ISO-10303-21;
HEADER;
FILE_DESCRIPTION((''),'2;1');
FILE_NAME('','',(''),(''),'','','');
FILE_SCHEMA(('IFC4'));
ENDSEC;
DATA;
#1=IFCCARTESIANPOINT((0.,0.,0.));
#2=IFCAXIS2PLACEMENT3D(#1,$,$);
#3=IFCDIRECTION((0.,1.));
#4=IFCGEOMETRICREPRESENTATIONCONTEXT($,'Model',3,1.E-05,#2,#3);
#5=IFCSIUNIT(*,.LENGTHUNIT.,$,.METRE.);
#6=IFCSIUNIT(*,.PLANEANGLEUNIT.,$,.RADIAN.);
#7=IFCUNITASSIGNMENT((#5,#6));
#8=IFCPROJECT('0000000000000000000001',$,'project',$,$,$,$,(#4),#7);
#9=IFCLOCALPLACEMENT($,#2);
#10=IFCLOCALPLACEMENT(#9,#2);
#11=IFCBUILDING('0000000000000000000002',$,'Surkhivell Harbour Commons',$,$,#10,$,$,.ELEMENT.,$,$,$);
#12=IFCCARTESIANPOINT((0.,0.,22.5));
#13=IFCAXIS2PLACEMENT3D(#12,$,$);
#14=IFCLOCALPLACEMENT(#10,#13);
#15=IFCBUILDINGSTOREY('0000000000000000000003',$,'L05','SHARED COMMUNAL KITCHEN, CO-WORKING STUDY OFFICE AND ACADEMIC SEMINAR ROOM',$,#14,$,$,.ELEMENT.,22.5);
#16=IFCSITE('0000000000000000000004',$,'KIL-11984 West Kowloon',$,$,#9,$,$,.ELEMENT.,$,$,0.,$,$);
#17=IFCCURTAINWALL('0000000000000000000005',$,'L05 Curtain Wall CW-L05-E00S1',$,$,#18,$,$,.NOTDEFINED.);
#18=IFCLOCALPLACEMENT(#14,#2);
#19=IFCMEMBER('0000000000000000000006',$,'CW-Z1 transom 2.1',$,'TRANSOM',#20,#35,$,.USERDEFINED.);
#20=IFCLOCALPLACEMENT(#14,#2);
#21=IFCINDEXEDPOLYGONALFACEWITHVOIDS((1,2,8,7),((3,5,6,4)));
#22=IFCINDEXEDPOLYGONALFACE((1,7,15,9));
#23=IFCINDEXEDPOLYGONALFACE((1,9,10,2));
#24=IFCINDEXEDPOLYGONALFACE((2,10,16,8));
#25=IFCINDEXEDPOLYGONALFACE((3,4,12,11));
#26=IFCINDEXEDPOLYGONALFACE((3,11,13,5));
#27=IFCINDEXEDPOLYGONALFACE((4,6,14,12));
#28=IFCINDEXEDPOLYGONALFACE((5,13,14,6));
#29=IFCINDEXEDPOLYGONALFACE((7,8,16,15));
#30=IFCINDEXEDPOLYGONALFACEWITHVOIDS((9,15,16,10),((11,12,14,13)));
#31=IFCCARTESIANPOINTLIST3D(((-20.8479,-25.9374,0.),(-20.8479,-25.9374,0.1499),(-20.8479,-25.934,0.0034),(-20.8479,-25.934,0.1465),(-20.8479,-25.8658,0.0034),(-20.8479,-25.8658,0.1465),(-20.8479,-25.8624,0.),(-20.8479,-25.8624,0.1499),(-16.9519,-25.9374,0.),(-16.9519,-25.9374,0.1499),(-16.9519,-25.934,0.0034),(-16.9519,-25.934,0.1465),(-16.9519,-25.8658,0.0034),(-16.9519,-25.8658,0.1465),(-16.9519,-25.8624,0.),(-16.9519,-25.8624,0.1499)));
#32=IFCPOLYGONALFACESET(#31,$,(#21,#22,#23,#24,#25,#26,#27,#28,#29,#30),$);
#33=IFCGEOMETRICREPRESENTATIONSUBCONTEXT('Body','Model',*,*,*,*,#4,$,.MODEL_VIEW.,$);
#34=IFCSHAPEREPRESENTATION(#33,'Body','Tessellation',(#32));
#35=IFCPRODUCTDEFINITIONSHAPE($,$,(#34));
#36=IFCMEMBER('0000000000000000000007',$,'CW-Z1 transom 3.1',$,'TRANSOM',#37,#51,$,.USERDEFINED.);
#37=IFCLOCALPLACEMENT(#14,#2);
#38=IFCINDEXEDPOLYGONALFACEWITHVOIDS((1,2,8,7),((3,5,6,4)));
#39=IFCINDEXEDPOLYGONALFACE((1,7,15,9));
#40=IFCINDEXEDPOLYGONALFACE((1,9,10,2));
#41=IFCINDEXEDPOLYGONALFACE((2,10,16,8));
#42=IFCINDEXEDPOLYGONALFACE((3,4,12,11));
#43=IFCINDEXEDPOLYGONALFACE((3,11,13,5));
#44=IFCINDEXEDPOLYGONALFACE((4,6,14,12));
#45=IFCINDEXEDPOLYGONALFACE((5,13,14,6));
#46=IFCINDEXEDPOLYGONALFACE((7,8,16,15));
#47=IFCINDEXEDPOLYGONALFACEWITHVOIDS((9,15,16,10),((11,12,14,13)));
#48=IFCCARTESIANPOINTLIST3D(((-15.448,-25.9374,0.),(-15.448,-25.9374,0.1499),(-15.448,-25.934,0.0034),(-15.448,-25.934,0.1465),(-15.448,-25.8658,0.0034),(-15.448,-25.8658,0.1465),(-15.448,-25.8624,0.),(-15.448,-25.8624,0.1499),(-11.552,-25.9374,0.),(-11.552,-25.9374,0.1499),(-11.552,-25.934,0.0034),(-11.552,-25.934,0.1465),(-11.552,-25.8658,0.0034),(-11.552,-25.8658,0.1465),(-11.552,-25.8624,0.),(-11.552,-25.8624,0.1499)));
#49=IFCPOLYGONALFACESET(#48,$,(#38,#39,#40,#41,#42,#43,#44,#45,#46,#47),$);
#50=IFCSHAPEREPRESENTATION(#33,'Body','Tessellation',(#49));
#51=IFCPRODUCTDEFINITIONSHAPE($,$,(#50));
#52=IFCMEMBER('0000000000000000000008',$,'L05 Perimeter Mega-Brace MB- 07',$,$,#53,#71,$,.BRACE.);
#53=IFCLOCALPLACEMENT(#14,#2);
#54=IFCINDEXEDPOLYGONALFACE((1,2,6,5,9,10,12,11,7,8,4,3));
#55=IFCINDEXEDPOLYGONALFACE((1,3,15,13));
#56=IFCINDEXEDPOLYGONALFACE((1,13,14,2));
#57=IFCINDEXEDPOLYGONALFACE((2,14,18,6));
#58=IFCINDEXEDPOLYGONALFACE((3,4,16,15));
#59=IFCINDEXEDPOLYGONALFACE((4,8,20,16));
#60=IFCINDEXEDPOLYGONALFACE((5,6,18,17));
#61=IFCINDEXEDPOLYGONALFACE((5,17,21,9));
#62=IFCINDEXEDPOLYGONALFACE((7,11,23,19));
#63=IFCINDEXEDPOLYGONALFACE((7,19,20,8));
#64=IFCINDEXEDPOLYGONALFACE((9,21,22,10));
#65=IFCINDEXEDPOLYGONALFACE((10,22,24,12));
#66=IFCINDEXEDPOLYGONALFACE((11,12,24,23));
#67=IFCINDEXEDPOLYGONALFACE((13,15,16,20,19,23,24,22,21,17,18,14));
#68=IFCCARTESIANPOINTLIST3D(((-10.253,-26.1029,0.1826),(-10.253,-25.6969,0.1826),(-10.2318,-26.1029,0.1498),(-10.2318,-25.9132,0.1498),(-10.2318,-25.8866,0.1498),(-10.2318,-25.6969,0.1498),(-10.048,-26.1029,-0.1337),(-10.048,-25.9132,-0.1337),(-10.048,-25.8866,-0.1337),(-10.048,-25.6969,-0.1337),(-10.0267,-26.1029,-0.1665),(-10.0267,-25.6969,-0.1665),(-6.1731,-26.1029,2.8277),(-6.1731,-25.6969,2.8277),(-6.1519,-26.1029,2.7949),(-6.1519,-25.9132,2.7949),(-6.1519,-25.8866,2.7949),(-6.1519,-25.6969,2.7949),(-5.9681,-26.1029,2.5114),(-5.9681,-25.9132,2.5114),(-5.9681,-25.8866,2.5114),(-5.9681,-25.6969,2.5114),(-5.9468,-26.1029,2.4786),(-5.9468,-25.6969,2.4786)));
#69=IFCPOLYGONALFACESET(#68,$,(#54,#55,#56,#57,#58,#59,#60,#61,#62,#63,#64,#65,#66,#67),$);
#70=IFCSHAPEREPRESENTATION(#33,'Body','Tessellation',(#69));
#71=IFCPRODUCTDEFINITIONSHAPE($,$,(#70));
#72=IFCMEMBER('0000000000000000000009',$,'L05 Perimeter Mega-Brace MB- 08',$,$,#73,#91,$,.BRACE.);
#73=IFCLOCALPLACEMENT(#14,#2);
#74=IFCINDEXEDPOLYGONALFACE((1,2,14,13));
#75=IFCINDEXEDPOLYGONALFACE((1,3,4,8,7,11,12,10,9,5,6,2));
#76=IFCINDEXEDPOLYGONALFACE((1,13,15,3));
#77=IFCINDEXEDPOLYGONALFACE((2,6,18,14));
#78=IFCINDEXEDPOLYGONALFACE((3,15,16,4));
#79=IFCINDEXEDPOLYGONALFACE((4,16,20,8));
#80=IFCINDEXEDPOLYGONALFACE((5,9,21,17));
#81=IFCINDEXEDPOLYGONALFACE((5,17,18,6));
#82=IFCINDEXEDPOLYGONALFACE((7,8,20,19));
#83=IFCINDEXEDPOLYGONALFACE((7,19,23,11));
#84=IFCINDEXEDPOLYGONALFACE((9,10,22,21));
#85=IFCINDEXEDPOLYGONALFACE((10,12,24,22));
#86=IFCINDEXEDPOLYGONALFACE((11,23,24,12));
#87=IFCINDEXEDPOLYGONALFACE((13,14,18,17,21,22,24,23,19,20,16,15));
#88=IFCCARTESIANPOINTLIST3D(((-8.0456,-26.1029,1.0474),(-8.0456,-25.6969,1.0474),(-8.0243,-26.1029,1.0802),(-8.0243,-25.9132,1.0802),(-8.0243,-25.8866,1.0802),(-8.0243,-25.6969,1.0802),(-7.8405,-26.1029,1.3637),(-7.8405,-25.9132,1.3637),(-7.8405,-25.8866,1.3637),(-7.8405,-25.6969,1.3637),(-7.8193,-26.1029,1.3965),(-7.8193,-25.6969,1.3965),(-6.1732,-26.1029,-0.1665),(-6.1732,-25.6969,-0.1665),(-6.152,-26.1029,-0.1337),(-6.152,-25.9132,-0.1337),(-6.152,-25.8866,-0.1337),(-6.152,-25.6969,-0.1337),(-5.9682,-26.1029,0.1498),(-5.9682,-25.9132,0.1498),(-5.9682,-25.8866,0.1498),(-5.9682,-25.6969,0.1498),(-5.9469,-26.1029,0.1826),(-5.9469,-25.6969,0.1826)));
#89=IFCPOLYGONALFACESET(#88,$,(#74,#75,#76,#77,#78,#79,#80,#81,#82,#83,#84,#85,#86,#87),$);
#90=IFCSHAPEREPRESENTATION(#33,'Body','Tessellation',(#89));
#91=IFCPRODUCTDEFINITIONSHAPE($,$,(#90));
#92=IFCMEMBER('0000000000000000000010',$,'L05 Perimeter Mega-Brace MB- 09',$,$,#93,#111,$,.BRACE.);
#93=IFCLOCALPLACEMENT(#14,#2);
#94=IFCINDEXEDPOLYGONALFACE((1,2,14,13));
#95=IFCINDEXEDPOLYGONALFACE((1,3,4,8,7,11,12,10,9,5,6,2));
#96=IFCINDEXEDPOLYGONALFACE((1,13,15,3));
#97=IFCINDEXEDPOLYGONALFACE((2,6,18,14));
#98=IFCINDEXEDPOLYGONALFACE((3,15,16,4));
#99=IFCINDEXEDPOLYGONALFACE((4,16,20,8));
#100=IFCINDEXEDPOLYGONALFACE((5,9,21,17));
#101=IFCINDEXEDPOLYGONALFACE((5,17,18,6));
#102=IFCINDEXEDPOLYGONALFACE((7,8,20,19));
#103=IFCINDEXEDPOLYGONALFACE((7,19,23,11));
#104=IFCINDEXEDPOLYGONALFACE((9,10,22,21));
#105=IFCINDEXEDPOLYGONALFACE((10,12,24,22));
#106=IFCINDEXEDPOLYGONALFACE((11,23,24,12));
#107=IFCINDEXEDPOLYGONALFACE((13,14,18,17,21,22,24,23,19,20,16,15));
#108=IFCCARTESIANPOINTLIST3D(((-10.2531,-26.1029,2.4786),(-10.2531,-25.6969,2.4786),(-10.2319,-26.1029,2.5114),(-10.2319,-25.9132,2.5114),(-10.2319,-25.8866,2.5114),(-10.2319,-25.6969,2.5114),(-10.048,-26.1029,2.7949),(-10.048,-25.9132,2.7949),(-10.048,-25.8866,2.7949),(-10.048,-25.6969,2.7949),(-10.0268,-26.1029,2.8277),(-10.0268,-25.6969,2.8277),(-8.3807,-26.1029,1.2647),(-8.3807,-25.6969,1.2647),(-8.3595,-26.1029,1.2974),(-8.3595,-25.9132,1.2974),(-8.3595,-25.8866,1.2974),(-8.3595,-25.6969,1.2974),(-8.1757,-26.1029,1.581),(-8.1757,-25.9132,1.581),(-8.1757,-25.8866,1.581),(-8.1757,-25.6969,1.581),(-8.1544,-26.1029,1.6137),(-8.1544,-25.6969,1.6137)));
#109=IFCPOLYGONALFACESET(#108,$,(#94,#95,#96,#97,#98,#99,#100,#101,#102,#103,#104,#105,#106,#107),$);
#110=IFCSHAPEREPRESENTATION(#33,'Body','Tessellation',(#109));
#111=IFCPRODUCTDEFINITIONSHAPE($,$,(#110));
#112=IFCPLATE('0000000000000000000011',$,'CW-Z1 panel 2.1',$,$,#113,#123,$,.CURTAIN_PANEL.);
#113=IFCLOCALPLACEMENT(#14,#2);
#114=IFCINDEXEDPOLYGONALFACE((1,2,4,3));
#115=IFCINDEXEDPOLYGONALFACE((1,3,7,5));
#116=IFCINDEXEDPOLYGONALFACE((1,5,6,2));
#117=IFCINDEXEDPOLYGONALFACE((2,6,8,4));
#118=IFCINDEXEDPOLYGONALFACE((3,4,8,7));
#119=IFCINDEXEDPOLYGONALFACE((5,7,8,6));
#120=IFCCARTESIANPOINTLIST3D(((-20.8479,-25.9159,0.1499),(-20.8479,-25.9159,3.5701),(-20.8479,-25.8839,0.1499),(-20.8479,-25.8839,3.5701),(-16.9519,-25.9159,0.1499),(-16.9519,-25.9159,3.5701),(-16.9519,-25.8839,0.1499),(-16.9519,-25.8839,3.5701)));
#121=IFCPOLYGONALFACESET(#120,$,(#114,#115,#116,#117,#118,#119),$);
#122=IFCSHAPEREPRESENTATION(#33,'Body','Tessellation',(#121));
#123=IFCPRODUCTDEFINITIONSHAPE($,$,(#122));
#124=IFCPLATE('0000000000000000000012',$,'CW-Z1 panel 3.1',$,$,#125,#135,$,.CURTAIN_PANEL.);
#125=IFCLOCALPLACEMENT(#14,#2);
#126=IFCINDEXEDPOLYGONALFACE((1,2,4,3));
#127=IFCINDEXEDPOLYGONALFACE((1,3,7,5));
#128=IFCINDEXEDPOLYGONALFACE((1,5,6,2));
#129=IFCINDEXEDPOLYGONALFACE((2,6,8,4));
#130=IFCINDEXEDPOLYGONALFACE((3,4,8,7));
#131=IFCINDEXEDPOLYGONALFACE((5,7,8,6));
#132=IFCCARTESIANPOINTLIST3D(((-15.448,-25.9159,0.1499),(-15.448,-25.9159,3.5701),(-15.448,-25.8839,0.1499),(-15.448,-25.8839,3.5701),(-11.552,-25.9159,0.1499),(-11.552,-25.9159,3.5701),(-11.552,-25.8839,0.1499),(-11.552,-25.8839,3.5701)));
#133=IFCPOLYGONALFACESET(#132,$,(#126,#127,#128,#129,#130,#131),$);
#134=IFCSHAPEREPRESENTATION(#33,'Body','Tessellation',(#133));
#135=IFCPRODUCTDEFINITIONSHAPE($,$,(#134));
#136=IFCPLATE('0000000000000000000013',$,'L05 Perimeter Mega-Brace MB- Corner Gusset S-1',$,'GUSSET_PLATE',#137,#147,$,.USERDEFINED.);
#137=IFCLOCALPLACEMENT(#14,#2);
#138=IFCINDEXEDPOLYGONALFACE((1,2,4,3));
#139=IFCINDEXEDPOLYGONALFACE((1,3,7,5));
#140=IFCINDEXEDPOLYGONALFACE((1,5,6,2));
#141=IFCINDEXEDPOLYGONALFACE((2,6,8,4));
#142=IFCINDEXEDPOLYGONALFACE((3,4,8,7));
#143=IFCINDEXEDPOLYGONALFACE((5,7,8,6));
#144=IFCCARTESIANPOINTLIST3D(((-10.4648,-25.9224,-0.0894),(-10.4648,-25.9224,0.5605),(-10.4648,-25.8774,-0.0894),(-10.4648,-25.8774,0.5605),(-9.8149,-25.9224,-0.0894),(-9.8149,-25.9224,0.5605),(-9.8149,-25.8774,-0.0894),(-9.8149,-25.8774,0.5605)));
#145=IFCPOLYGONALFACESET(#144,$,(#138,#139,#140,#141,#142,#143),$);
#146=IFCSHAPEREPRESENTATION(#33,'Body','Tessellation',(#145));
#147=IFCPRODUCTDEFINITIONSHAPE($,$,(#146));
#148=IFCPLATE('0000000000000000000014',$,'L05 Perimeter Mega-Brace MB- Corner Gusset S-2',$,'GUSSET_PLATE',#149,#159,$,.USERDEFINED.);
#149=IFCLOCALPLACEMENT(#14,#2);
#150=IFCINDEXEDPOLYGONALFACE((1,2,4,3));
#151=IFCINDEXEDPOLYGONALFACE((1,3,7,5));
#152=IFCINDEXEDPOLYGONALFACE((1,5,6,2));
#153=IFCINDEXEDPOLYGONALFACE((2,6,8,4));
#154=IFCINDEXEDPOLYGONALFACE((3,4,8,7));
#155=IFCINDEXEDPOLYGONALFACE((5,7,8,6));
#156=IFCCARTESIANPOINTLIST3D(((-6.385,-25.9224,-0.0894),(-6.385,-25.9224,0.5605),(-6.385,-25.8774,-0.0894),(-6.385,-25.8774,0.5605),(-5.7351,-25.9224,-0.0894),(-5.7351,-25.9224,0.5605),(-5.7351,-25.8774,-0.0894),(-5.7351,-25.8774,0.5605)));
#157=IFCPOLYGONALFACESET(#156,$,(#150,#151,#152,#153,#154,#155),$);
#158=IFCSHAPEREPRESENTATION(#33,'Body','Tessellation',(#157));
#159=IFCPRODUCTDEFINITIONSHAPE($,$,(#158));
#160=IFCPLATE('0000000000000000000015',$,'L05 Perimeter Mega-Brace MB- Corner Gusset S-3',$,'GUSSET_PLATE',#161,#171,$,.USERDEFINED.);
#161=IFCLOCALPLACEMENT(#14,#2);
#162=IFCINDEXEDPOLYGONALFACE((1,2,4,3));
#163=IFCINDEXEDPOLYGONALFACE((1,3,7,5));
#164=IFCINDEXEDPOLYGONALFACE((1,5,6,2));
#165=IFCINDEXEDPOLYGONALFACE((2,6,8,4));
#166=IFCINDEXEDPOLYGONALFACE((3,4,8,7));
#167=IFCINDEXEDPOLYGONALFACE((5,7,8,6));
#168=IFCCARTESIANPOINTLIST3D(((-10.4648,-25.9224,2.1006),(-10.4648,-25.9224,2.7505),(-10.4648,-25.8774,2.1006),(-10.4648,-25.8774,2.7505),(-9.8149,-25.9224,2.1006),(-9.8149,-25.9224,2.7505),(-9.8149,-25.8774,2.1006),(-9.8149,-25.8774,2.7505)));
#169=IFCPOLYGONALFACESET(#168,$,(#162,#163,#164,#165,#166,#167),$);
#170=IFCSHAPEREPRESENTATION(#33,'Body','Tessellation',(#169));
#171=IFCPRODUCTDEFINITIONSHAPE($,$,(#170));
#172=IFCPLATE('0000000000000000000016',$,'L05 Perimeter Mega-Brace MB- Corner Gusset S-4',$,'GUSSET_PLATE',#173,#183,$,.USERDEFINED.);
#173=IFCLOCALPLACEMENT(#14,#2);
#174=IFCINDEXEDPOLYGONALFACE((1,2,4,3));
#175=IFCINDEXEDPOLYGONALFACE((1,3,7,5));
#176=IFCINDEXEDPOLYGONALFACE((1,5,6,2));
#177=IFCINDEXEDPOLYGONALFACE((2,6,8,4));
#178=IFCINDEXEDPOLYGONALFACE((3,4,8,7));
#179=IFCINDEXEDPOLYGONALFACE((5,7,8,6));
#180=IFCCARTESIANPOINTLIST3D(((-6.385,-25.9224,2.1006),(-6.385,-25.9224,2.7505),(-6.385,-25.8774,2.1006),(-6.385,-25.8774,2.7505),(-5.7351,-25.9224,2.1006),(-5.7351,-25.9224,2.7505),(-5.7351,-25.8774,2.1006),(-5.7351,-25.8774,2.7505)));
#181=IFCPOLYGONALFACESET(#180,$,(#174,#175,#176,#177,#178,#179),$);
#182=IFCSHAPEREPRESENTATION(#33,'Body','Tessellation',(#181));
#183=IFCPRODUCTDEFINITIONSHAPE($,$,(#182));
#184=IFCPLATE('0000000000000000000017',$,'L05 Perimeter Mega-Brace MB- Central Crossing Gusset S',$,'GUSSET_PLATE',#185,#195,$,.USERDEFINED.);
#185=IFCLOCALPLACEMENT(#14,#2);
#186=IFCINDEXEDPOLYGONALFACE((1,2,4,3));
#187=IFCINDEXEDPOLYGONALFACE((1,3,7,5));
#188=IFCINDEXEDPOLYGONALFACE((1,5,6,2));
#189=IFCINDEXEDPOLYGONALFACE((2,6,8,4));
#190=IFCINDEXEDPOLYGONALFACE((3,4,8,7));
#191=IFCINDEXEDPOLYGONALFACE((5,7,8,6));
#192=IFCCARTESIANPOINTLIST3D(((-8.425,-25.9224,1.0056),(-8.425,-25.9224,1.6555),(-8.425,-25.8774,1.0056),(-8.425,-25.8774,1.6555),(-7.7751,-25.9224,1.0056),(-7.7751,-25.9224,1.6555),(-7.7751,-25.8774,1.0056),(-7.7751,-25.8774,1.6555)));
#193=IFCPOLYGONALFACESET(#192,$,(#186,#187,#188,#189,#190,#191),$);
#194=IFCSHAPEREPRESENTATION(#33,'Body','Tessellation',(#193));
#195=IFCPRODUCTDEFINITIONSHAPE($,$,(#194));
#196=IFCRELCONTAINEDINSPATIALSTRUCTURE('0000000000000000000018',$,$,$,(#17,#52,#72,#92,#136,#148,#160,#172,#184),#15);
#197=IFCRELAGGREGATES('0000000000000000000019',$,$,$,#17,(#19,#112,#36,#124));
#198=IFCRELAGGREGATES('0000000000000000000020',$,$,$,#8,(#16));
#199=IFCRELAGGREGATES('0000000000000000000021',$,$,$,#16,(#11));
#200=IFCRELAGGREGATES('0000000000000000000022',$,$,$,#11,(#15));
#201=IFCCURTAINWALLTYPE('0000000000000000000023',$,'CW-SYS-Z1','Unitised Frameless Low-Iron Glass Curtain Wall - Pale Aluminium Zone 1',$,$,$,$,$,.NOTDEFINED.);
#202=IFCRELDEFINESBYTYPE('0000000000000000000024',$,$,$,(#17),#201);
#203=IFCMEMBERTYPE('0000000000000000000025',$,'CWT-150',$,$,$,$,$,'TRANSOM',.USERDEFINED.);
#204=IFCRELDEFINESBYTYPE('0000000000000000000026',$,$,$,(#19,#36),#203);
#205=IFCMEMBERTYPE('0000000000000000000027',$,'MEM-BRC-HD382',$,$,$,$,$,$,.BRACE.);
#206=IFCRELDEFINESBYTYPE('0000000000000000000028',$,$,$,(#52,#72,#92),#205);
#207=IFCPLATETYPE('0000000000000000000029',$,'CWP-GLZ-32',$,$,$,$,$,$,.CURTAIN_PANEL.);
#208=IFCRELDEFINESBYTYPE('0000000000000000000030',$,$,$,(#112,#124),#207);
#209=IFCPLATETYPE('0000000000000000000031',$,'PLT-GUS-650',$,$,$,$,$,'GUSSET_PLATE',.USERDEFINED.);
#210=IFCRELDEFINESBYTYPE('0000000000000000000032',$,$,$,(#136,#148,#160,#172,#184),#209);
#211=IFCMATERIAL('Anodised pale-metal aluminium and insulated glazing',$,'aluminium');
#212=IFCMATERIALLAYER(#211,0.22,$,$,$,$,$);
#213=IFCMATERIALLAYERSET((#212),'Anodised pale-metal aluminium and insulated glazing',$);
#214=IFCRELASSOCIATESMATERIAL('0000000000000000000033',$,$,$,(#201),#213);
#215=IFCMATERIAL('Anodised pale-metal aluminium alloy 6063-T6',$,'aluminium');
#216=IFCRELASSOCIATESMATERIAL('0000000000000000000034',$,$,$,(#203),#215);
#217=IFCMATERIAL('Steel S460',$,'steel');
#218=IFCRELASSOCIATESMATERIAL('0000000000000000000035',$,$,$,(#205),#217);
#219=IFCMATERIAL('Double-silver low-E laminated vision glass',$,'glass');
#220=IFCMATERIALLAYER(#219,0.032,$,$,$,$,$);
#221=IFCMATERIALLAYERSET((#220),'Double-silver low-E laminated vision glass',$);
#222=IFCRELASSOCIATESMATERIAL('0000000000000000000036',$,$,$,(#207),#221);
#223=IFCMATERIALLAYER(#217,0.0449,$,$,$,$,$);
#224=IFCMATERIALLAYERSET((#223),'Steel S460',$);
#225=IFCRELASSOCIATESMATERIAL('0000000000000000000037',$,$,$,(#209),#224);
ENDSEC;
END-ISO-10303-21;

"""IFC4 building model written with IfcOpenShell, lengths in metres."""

from ifc_helpers import new_model, si_unit, direction, frame, frame_2d, origin, origin_2d, place, context, subcontext, project, spatial, rectangle, hollow_rectangle, i_section, extrude, material, layer, layer_set, material_profile, profile_set, type_object, element, aggregate, save


model = new_model("IFC4")

# Units and contexts
model_context = context("Model", 3, precision=1e-05, world=origin(), true_north=direction((0.0, 1.0)))
body_context = subcontext(model_context, "Body", "Model", "MODEL_VIEW")
ifc_project = project(units=[si_unit("LENGTHUNIT", "METRE"), si_unit("PLANEANGLEUNIT", "RADIAN")], contexts=[model_context])

# Site, building, storey
site_placement = place(None, origin())
site = spatial("IfcSite", under=ifc_project, at=site_placement, Name="KIL-11984 West Kowloon", CompositionType="ELEMENT", RefElevation=0.0)
building_placement = place(site_placement, origin())
building = spatial("IfcBuilding", under=site, at=building_placement, Name="Surkhivell Harbour Commons", CompositionType="ELEMENT")
storey_placement = place(building_placement, frame((0.0, 0.0, 22.5)))
storey = spatial("IfcBuildingStorey", under=building, at=storey_placement, Name="L05", Description="SHARED COMMUNAL KITCHEN, CO-WORKING STUDY OFFICE AND ACADEMIC SEMINAR ROOM", CompositionType="ELEMENT", Elevation=22.5)

# Shared definitions
ifc_material_1 = material(Name="Steel S460", Category="steel")

# Curtain wall, members
ifc_material_2 = material(Name="Anodised pale-metal aluminium and insulated glazing", Category="aluminium")
ifc_layer_1 = layer(ifc_material_2, 0.22)
ifc_layer_set_1 = layer_set([ifc_layer_1], Name="Anodised pale-metal aluminium and insulated glazing")
curtain_wall_type = type_object("IfcCurtainWallType", Name="CW-SYS-Z1", Description="Unitised Frameless Low-Iron Glass Curtain Wall - Pale Aluminium Zone 1", PredefinedType="NOTDEFINED", material=ifc_layer_set_1)
curtain_wall_placement = place(storey_placement, origin())
curtain_wall = element("IfcCurtainWall", 1, at=curtain_wall_placement, inside=storey, type_object=curtain_wall_type, Name="L05 Curtain Wall CW-L05-E00S1", PredefinedType="NOTDEFINED")
ifc_material_3 = material(Name="Anodised pale-metal aluminium alloy 6063-T6", Category="aluminium")
ifc_material_profile_1 = material_profile(ifc_material_3, hollow_rectangle(XDim=0.075, YDim=0.1499, WallThickness=0.0034, at=origin_2d()), Name="ALU-TRAN-75x150")
ifc_profile_set_1 = profile_set([ifc_material_profile_1], Name="Anodised pale-metal aluminium alloy 6063-T6")
member_type_1 = type_object("IfcMemberType", Name="CWT-150", ElementType="TRANSOM", PredefinedType="USERDEFINED", material=ifc_profile_set_1)
member_1_placement = place(storey_placement, frame((-20.8479, -25.8999, 0.075), z_axis=(1.0, 0.0, 0.0), x_axis=(0.0, 1.0, 0.0)))
member_1 = element("IfcMember", 2, at=member_1_placement, type_object=member_type_1, Name="CW-Z1 transom 2.1", ObjectType="TRANSOM", PredefinedType="USERDEFINED", context=body_context, shape_type="SweptSolid", body=[
    extrude(hollow_rectangle(XDim=0.075, YDim=0.1499, WallThickness=0.0034, at=origin_2d()), origin(), (0.0, 0.0, 1.0), 3.896),
])
member_2_placement = place(storey_placement, frame((-15.448, -25.8999, 0.075), z_axis=(1.0, 0.0, 0.0), x_axis=(0.0, 1.0, 0.0)))
member_2 = element("IfcMember", 3, at=member_2_placement, type_object=member_type_1, Name="CW-Z1 transom 3.1", ObjectType="TRANSOM", PredefinedType="USERDEFINED", context=body_context, shape_type="SweptSolid", body=[
    extrude(hollow_rectangle(XDim=0.075, YDim=0.1499, WallThickness=0.0034, at=origin_2d()), origin(), (0.0, 0.0, 1.0), 3.896),
])

# Members
ifc_material_profile_2 = material_profile(ifc_material_1, i_section(OverallWidth=0.406, OverallDepth=0.416, WebThickness=0.0266, FlangeThickness=0.0391, at=origin_2d()), Name="HD400x382")
ifc_profile_set_2 = profile_set([ifc_material_profile_2], Name="Steel S460")
member_type_2 = type_object("IfcMemberType", Name="MEM-BRC-HD382", PredefinedType="BRACE", material=ifc_profile_set_2)
member_3_placement = place(storey_placement, frame((-10.1399, -25.8999, 0.0081), z_axis=(0.839089, 0.0, 0.543994), x_axis=(0.0, 1.0, 0.0)))
element("IfcMember", 4, at=member_3_placement, inside=storey, type_object=member_type_2, Name="L05 Perimeter Mega-Brace MB- 07", PredefinedType="BRACE", context=body_context, shape_type="SweptSolid", body=[
    extrude(i_section(OverallWidth=0.406, OverallDepth=0.416, WebThickness=0.0266, FlangeThickness=0.0391, at=origin_2d()), origin(), (0.0, 0.0, 1.0), 4.8623),
])
for number, where, z_axis, x_axis, name in (
    (5, (-6.0601, -25.8999, 0.0081), (-0.839085, 0.0, 0.544), (0.0, -1.0, 0.0), "L05 Perimeter Mega-Brace MB- 08"),
    (6, (-8.2676, -25.8999, 1.4392), (-0.839085, 0.0, 0.544), (0.0, -1.0, 0.0), "L05 Perimeter Mega-Brace MB- 09"),
):
    element("IfcMember", number, at=place(storey_placement, frame(where, z_axis=z_axis, x_axis=x_axis)), inside=storey, type_object=member_type_2, Name=name, PredefinedType="BRACE", context=body_context, shape_type="SweptSolid", body=[
        extrude(i_section(OverallWidth=0.406, OverallDepth=0.416, WebThickness=0.0266, FlangeThickness=0.0391, at=origin_2d()), origin(), (0.0, 0.0, 1.0), 2.2314),
    ])

# Plates
ifc_material_4 = material(Name="Double-silver low-E laminated vision glass", Category="glass")
ifc_layer_2 = layer(ifc_material_4, 0.032)
ifc_layer_set_2 = layer_set([ifc_layer_2], Name="Double-silver low-E laminated vision glass")
plate_type_1 = type_object("IfcPlateType", Name="CWP-GLZ-32", PredefinedType="CURTAIN_PANEL", material=ifc_layer_set_2)
plate_1_placement = place(storey_placement, frame((-20.8479, -25.8999, 0.1499), z_axis=(0.0, 0.0, 1.0), x_axis=(1.0, 0.0, 0.0)))
plate_1 = element("IfcPlate", 7, at=plate_1_placement, type_object=plate_type_1, Name="CW-Z1 panel 2.1", PredefinedType="CURTAIN_PANEL", context=body_context, shape_type="SweptSolid", body=[
    extrude(rectangle(XDim=3.896, YDim=0.032, at=frame_2d((1.948, 0.0))), origin(), (0.0, 0.0, 1.0), 3.4202),
])
plate_2_placement = place(storey_placement, frame((-15.448, -25.8999, 0.1499), z_axis=(0.0, 0.0, 1.0), x_axis=(1.0, 0.0, 0.0)))
plate_2 = element("IfcPlate", 8, at=plate_2_placement, type_object=plate_type_1, Name="CW-Z1 panel 3.1", PredefinedType="CURTAIN_PANEL", context=body_context, shape_type="SweptSolid", body=[
    extrude(rectangle(XDim=3.896, YDim=0.032, at=frame_2d((1.948, 0.0))), origin(), (0.0, 0.0, 1.0), 3.4202),
])
aggregate(curtain_wall, [member_1, plate_1, member_2, plate_2])

# Plates
ifc_layer_3 = layer(ifc_material_1, 0.0449)
ifc_layer_set_3 = layer_set([ifc_layer_3], Name="Steel S460")
plate_type_2 = type_object("IfcPlateType", Name="PLT-GUS-650", ElementType="GUSSET_PLATE", PredefinedType="USERDEFINED", material=ifc_layer_set_3)
for number, where, z_axis, x_axis, name in (
    (9, (-10.1399, -25.8999, -0.0894), (0.0, 0.0, 1.0), (1.0, 0.0, 0.0), "L05 Perimeter Mega-Brace MB- Corner Gusset S-1"),
    (10, (-6.0601, -25.8999, -0.0894), (0.0, 0.0, 1.0), (1.0, 0.0, 0.0), "L05 Perimeter Mega-Brace MB- Corner Gusset S-2"),
    (11, (-10.1399, -25.8999, 2.1006), (0.0, 0.0, 1.0), (1.0, 0.0, 0.0), "L05 Perimeter Mega-Brace MB- Corner Gusset S-3"),
    (12, (-6.0601, -25.8999, 2.1006), (0.0, 0.0, 1.0), (1.0, 0.0, 0.0), "L05 Perimeter Mega-Brace MB- Corner Gusset S-4"),
    (13, (-8.1001, -25.8999, 1.0056), (0.0, 0.0, 1.0), (1.0, 0.0, 0.0), "L05 Perimeter Mega-Brace MB- Central Crossing Gusset S"),
):
    element("IfcPlate", number, at=place(storey_placement, frame(where, z_axis=z_axis, x_axis=x_axis)), inside=storey, type_object=plate_type_2, Name=name, ObjectType="GUSSET_PLATE", PredefinedType="USERDEFINED", context=body_context, shape_type="SweptSolid", body=[
        extrude(rectangle(XDim=0.6499, YDim=0.0449, at=origin_2d()), origin(), (0.0, 0.0, 1.0), 0.6499),
    ])

save(model, "model.ifc")
